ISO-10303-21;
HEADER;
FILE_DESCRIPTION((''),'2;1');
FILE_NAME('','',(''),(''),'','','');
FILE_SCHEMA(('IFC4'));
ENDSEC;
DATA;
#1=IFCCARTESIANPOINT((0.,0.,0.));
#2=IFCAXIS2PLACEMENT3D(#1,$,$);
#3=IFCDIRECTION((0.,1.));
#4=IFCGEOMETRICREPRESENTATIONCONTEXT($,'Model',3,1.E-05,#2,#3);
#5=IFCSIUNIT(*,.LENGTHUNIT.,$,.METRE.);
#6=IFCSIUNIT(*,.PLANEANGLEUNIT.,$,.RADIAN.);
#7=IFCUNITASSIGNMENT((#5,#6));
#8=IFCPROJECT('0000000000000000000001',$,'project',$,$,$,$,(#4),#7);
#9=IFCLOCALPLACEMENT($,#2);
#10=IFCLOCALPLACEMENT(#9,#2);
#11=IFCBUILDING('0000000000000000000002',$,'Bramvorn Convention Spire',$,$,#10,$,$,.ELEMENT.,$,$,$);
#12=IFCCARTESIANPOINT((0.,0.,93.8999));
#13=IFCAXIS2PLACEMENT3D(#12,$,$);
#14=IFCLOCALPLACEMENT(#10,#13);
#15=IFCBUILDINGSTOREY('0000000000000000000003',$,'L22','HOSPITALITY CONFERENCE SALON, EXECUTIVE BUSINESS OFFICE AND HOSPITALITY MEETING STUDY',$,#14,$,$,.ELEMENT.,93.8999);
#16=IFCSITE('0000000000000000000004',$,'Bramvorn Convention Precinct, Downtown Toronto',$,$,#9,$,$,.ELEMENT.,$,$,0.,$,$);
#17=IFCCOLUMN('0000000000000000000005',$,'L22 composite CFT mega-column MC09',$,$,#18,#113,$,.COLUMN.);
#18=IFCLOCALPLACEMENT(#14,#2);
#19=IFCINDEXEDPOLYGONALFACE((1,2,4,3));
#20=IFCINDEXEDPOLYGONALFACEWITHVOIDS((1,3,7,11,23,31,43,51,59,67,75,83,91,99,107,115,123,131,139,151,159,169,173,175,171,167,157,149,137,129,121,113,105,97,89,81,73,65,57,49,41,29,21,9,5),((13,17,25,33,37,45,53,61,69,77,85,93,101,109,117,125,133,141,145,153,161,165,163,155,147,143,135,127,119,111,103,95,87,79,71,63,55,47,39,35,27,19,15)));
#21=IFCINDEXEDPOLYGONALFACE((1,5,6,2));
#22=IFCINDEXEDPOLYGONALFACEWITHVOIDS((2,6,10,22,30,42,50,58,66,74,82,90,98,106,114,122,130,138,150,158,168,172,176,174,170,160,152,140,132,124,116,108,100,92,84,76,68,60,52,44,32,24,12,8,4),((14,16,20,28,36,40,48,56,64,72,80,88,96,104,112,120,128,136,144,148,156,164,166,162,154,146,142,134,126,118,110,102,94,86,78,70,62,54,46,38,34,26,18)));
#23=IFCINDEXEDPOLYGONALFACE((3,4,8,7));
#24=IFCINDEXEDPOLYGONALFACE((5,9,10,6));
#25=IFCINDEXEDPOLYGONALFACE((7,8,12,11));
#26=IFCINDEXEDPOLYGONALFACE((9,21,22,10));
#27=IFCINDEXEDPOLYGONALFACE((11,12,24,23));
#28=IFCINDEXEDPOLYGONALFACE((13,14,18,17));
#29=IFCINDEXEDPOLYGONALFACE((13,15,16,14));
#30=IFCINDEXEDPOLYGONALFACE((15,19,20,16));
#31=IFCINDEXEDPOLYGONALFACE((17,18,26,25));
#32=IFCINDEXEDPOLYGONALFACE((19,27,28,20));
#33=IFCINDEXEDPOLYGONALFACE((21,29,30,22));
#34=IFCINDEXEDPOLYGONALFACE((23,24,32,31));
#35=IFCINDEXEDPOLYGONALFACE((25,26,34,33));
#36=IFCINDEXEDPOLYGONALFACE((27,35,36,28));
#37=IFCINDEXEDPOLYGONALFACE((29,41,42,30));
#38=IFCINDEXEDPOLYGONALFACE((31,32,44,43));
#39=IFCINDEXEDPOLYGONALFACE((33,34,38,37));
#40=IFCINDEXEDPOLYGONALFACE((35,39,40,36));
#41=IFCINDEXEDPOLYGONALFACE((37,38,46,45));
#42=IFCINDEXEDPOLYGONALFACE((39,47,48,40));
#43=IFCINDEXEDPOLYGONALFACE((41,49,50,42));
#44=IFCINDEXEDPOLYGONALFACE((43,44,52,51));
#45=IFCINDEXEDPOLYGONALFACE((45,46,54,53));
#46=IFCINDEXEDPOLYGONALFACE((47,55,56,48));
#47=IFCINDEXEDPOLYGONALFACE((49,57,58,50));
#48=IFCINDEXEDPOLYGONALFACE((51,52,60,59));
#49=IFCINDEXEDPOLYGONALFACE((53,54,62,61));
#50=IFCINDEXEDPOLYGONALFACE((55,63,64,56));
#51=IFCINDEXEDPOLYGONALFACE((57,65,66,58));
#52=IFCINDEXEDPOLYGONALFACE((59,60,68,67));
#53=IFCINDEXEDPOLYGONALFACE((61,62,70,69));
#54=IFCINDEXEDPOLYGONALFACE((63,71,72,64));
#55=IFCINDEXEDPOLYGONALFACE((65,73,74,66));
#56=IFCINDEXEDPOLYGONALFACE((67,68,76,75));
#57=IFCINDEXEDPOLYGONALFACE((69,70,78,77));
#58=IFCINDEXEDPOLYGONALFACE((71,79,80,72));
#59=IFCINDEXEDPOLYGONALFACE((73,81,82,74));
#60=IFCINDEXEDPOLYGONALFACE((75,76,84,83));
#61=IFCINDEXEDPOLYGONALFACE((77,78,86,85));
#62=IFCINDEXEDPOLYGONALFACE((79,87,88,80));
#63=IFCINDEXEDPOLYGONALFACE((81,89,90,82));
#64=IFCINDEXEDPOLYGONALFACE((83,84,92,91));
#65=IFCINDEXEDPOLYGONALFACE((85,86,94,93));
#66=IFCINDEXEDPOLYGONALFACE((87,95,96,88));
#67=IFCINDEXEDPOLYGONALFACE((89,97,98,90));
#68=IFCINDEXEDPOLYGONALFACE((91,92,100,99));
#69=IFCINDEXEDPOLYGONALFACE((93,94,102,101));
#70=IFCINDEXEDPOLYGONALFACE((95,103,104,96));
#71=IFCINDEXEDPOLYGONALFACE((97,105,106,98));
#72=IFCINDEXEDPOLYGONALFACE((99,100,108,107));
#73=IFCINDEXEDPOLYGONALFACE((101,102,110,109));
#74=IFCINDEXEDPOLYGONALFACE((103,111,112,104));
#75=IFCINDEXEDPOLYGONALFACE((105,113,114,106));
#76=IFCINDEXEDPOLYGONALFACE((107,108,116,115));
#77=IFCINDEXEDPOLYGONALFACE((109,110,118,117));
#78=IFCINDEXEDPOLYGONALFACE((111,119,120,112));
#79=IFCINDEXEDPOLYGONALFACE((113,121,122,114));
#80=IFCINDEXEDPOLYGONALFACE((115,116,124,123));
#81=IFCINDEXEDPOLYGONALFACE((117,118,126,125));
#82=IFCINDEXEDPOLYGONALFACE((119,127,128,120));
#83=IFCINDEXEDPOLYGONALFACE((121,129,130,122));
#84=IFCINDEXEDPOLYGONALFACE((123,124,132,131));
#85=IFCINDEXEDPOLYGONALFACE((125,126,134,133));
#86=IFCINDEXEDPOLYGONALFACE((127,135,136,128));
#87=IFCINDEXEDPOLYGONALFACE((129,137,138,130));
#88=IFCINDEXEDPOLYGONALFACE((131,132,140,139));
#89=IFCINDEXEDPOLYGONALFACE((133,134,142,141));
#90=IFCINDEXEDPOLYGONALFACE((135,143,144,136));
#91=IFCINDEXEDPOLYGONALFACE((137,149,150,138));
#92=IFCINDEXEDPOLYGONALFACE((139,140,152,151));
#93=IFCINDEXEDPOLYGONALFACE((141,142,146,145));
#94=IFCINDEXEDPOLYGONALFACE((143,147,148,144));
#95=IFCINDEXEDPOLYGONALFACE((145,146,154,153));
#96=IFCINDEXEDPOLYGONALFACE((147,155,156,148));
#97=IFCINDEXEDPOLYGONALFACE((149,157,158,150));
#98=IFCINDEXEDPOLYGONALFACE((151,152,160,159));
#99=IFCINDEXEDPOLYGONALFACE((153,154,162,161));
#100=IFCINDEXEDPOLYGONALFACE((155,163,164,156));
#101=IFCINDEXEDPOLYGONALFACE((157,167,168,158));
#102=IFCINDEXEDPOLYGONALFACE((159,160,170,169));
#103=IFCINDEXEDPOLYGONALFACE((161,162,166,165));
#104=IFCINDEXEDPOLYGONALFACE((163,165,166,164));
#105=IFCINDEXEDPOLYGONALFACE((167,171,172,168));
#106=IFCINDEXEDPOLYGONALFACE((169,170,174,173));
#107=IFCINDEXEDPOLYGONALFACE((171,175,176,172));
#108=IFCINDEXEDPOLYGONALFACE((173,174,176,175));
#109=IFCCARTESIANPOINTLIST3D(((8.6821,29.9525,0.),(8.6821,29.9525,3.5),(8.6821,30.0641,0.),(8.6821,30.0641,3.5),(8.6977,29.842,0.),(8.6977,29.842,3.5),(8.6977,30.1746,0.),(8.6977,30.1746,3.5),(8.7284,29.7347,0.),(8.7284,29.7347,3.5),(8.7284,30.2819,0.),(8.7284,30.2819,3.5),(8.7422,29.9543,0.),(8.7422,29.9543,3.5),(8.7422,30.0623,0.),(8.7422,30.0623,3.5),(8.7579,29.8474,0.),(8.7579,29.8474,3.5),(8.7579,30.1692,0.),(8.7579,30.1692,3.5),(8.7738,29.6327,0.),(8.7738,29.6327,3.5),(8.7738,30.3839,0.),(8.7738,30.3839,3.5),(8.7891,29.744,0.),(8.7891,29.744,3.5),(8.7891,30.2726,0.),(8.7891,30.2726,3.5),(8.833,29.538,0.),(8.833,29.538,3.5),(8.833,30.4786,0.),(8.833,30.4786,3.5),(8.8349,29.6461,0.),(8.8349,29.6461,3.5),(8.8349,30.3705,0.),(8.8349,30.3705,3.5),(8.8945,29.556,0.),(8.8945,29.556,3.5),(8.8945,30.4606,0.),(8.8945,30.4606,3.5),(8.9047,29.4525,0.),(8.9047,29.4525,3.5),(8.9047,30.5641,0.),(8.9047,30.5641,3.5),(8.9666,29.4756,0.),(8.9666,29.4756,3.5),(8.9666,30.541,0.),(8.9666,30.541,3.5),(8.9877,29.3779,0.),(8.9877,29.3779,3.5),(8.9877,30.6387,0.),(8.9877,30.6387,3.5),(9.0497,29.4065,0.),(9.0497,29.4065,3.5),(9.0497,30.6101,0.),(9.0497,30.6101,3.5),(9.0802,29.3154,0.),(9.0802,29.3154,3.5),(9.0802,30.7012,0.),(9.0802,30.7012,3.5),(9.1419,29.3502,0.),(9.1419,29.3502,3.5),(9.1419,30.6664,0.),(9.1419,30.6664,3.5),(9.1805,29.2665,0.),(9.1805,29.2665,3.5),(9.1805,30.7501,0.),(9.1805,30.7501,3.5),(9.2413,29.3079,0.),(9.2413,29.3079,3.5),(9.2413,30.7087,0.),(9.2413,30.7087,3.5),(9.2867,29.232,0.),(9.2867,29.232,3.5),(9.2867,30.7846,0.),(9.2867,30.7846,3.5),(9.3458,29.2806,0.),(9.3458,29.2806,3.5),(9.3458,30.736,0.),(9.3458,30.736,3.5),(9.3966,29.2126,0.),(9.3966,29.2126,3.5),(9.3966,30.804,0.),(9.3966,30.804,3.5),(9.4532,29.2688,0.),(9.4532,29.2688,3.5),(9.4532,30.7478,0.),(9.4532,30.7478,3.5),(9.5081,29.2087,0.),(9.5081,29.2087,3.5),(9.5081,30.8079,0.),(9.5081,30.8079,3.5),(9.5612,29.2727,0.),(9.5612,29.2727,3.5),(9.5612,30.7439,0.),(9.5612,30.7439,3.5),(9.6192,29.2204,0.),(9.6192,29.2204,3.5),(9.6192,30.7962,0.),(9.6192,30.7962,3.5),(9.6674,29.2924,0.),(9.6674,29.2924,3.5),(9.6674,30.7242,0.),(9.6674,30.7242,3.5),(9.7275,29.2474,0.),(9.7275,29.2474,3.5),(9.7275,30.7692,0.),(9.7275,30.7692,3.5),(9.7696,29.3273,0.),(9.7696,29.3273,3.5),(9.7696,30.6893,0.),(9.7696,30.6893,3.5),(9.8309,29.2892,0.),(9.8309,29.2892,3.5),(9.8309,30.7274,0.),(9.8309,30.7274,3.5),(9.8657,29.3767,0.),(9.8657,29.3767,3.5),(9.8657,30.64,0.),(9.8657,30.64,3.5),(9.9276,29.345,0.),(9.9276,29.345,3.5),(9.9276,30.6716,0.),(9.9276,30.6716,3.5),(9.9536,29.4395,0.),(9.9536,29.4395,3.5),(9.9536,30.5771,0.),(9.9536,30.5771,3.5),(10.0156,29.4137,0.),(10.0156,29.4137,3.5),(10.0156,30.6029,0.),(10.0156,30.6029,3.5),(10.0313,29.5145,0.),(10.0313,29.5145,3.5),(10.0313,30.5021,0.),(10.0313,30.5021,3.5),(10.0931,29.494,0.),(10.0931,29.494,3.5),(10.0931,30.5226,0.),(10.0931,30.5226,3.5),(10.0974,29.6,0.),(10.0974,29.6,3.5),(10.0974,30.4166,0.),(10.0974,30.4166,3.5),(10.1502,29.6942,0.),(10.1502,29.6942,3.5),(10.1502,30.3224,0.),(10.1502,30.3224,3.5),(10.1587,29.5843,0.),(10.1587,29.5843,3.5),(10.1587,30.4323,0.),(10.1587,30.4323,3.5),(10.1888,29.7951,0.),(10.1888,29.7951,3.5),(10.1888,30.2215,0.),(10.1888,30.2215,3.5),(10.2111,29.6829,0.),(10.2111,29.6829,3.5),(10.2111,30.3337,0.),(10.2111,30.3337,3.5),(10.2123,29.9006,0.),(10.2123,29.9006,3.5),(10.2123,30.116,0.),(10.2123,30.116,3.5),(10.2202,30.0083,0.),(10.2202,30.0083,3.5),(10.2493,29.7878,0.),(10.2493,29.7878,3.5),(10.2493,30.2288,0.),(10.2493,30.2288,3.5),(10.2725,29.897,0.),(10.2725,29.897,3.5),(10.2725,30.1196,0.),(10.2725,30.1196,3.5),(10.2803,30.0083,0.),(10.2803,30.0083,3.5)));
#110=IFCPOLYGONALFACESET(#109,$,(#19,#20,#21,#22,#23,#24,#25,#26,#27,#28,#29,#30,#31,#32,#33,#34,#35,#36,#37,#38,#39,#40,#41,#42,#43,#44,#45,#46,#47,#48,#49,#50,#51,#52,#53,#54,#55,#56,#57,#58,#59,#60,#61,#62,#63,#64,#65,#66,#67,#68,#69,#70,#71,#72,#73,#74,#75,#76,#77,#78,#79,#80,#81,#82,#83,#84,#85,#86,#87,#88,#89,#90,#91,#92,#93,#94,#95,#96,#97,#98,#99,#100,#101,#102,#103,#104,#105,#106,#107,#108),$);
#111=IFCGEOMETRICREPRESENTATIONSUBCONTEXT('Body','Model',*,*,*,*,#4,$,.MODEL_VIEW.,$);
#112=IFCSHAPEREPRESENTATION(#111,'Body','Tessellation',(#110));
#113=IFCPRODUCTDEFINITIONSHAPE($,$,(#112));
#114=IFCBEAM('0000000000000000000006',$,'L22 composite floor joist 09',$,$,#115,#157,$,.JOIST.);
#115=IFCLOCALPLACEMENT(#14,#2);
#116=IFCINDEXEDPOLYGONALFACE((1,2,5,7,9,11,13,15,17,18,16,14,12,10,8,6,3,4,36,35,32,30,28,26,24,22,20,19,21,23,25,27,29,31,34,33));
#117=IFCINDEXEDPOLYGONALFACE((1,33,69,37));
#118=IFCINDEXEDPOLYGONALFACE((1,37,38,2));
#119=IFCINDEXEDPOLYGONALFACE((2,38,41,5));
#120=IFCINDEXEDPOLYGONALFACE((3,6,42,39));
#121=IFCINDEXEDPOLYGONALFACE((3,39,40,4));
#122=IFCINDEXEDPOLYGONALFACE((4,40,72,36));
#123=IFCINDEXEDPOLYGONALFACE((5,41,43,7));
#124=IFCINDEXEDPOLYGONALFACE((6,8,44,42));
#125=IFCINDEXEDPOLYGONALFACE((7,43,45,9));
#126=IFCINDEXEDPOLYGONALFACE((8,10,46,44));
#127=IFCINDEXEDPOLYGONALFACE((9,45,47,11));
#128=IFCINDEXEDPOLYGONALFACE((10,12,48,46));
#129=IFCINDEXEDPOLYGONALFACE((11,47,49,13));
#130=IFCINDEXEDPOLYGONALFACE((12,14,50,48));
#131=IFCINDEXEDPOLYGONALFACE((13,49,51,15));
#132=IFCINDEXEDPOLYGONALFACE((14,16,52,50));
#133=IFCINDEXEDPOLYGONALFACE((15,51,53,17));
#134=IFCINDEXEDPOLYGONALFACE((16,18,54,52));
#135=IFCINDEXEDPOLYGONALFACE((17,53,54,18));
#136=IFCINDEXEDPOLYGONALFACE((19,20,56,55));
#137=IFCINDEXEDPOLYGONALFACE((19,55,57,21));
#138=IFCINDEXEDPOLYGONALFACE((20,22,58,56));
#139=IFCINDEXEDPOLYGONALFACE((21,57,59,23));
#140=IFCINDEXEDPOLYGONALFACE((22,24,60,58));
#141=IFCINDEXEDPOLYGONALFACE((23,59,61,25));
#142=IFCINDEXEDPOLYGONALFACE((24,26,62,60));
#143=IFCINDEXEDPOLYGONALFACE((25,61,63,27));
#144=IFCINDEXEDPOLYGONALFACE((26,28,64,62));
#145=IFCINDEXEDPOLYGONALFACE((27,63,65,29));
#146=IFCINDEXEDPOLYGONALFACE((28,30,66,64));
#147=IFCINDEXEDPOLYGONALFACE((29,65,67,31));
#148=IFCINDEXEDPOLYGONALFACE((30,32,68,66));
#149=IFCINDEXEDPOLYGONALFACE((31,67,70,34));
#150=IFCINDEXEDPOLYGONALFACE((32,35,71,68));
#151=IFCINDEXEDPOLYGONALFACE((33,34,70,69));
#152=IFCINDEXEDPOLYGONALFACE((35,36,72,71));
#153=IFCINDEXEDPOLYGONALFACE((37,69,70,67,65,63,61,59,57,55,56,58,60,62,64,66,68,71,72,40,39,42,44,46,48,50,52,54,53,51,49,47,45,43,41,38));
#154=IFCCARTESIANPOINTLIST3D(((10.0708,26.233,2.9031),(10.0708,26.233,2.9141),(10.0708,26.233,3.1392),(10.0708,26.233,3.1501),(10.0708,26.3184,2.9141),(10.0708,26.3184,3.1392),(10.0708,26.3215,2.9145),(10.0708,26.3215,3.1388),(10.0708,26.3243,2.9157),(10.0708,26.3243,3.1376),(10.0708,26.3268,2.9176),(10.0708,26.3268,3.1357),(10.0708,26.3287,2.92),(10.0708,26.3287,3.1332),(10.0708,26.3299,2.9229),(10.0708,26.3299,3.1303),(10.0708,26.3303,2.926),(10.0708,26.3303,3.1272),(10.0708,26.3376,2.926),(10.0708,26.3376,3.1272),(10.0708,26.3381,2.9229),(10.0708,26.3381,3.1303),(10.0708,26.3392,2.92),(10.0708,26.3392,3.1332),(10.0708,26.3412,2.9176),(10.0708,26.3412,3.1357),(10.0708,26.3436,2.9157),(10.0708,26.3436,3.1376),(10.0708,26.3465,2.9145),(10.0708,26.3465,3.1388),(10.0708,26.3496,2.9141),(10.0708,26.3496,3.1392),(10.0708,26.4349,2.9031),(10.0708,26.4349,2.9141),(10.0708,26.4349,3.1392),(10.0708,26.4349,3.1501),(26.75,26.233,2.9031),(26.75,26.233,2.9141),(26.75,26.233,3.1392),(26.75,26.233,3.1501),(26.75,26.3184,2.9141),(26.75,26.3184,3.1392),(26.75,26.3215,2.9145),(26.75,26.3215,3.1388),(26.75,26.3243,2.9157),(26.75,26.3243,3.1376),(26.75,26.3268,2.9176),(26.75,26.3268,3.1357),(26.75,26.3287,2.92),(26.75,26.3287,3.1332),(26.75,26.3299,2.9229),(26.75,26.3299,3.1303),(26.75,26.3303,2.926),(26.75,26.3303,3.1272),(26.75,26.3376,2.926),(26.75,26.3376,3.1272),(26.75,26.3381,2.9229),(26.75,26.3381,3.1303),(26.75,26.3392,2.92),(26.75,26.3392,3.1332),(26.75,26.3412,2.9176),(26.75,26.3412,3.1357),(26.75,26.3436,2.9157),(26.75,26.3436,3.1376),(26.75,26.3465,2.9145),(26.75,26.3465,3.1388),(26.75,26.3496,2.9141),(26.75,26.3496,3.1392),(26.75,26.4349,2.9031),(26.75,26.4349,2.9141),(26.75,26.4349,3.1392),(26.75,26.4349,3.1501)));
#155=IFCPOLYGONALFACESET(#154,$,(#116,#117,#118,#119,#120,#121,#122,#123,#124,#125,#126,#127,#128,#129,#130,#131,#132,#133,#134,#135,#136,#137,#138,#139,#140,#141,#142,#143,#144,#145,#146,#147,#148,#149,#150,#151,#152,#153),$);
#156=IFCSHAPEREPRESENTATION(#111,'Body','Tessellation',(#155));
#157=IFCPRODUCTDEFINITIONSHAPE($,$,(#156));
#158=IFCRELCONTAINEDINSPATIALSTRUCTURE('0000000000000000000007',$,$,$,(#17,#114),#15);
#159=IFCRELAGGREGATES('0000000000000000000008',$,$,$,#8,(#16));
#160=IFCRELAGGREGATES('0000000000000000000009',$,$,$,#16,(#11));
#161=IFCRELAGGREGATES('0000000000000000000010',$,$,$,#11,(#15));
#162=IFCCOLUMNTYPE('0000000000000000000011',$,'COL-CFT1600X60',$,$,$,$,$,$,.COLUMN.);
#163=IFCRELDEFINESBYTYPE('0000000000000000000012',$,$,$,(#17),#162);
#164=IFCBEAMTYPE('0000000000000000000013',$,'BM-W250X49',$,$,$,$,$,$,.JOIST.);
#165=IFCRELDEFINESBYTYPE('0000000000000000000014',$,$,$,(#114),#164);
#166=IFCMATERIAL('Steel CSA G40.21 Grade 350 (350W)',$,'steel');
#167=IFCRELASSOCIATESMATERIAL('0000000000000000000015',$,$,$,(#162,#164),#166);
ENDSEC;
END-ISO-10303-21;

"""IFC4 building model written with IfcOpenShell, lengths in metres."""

from ifc_helpers import new_model, si_unit, direction, frame, origin, origin_2d, place, context, subcontext, project, spatial, hollow_circle, i_section, extrude, material, material_profile, profile_set, type_object, element, save


model = new_model("IFC4")

# Units and contexts
model_context = context("Model", 3, precision=1e-05, world=origin(), true_north=direction((0.0, 1.0)))
body_context = subcontext(model_context, "Body", "Model", "MODEL_VIEW")
ifc_project = project(units=[si_unit("LENGTHUNIT", "METRE"), si_unit("PLANEANGLEUNIT", "RADIAN")], contexts=[model_context])

# Site, building, storey
site_placement = place(None, origin())
site = spatial("IfcSite", under=ifc_project, at=site_placement, Name="Bramvorn Convention Precinct, Downtown Toronto", CompositionType="ELEMENT", RefElevation=0.0)
building_placement = place(site_placement, origin())
building = spatial("IfcBuilding", under=site, at=building_placement, Name="Bramvorn Convention Spire", CompositionType="ELEMENT")
storey_placement = place(building_placement, frame((0.0, 0.0, 93.8999)))
storey = spatial("IfcBuildingStorey", under=building, at=storey_placement, Name="L22", Description="HOSPITALITY CONFERENCE SALON, EXECUTIVE BUSINESS OFFICE AND HOSPITALITY MEETING STUDY", CompositionType="ELEMENT", Elevation=93.8999)

# Column
ifc_material_1 = material(Name="Steel CSA G40.21 Grade 350 (350W)", Category="steel")
ifc_material_profile_1 = material_profile(ifc_material_1, hollow_circle(Radius=0.8, WallThickness=0.0601, at=origin_2d()))
ifc_profile_set_1 = profile_set([ifc_material_profile_1], Name="Steel CSA G40.21 Grade 350 (350W) - CFT1600X60")
column_type = type_object("IfcColumnType", Name="COL-CFT1600X60", PredefinedType="COLUMN", material=ifc_profile_set_1)
column_placement = place(storey_placement, frame((9.4802, 30.0083, 0.0), z_axis=(0.0, 0.0, 1.0), x_axis=(1.0, 0.0, 0.0)))
element("IfcColumn", 1, at=column_placement, inside=storey, type_object=column_type, Name="L22 composite CFT mega-column MC09", PredefinedType="COLUMN", context=body_context, shape_type="SweptSolid", body=[
    extrude(hollow_circle(Radius=0.8, WallThickness=0.0601, at=origin_2d()), origin(), (0.0, 0.0, 1.0), 3.5),
])

# Beam
ifc_material_profile_2 = material_profile(ifc_material_1, i_section(OverallWidth=0.2019, OverallDepth=0.2471, WebThickness=0.0073, FlangeThickness=0.011, FilletRadius=0.012, at=origin_2d()))
ifc_profile_set_2 = profile_set([ifc_material_profile_2], Name="Steel CSA G40.21 Grade 350 (350W) - W250X49")
beam_type_1 = type_object("IfcBeamType", Name="BM-W250X49", PredefinedType="JOIST", material=ifc_profile_set_2)
beam_1_placement = place(storey_placement, frame((26.75, 26.334, 3.0266), z_axis=(-1.0, 0.0, 0.0), x_axis=(0.0, -1.0, 0.0)))
element("IfcBeam", 2, at=beam_1_placement, inside=storey, type_object=beam_type_1, Name="L22 composite floor joist 09", PredefinedType="JOIST", context=body_context, shape_type="SweptSolid", body=[
    extrude(i_section(OverallWidth=0.2019, OverallDepth=0.2471, WebThickness=0.0073, FlangeThickness=0.011, FilletRadius=0.012, at=origin_2d()), origin(), (0.0, 0.0, 1.0), 16.6792),
])

save(model, "model.ifc")
